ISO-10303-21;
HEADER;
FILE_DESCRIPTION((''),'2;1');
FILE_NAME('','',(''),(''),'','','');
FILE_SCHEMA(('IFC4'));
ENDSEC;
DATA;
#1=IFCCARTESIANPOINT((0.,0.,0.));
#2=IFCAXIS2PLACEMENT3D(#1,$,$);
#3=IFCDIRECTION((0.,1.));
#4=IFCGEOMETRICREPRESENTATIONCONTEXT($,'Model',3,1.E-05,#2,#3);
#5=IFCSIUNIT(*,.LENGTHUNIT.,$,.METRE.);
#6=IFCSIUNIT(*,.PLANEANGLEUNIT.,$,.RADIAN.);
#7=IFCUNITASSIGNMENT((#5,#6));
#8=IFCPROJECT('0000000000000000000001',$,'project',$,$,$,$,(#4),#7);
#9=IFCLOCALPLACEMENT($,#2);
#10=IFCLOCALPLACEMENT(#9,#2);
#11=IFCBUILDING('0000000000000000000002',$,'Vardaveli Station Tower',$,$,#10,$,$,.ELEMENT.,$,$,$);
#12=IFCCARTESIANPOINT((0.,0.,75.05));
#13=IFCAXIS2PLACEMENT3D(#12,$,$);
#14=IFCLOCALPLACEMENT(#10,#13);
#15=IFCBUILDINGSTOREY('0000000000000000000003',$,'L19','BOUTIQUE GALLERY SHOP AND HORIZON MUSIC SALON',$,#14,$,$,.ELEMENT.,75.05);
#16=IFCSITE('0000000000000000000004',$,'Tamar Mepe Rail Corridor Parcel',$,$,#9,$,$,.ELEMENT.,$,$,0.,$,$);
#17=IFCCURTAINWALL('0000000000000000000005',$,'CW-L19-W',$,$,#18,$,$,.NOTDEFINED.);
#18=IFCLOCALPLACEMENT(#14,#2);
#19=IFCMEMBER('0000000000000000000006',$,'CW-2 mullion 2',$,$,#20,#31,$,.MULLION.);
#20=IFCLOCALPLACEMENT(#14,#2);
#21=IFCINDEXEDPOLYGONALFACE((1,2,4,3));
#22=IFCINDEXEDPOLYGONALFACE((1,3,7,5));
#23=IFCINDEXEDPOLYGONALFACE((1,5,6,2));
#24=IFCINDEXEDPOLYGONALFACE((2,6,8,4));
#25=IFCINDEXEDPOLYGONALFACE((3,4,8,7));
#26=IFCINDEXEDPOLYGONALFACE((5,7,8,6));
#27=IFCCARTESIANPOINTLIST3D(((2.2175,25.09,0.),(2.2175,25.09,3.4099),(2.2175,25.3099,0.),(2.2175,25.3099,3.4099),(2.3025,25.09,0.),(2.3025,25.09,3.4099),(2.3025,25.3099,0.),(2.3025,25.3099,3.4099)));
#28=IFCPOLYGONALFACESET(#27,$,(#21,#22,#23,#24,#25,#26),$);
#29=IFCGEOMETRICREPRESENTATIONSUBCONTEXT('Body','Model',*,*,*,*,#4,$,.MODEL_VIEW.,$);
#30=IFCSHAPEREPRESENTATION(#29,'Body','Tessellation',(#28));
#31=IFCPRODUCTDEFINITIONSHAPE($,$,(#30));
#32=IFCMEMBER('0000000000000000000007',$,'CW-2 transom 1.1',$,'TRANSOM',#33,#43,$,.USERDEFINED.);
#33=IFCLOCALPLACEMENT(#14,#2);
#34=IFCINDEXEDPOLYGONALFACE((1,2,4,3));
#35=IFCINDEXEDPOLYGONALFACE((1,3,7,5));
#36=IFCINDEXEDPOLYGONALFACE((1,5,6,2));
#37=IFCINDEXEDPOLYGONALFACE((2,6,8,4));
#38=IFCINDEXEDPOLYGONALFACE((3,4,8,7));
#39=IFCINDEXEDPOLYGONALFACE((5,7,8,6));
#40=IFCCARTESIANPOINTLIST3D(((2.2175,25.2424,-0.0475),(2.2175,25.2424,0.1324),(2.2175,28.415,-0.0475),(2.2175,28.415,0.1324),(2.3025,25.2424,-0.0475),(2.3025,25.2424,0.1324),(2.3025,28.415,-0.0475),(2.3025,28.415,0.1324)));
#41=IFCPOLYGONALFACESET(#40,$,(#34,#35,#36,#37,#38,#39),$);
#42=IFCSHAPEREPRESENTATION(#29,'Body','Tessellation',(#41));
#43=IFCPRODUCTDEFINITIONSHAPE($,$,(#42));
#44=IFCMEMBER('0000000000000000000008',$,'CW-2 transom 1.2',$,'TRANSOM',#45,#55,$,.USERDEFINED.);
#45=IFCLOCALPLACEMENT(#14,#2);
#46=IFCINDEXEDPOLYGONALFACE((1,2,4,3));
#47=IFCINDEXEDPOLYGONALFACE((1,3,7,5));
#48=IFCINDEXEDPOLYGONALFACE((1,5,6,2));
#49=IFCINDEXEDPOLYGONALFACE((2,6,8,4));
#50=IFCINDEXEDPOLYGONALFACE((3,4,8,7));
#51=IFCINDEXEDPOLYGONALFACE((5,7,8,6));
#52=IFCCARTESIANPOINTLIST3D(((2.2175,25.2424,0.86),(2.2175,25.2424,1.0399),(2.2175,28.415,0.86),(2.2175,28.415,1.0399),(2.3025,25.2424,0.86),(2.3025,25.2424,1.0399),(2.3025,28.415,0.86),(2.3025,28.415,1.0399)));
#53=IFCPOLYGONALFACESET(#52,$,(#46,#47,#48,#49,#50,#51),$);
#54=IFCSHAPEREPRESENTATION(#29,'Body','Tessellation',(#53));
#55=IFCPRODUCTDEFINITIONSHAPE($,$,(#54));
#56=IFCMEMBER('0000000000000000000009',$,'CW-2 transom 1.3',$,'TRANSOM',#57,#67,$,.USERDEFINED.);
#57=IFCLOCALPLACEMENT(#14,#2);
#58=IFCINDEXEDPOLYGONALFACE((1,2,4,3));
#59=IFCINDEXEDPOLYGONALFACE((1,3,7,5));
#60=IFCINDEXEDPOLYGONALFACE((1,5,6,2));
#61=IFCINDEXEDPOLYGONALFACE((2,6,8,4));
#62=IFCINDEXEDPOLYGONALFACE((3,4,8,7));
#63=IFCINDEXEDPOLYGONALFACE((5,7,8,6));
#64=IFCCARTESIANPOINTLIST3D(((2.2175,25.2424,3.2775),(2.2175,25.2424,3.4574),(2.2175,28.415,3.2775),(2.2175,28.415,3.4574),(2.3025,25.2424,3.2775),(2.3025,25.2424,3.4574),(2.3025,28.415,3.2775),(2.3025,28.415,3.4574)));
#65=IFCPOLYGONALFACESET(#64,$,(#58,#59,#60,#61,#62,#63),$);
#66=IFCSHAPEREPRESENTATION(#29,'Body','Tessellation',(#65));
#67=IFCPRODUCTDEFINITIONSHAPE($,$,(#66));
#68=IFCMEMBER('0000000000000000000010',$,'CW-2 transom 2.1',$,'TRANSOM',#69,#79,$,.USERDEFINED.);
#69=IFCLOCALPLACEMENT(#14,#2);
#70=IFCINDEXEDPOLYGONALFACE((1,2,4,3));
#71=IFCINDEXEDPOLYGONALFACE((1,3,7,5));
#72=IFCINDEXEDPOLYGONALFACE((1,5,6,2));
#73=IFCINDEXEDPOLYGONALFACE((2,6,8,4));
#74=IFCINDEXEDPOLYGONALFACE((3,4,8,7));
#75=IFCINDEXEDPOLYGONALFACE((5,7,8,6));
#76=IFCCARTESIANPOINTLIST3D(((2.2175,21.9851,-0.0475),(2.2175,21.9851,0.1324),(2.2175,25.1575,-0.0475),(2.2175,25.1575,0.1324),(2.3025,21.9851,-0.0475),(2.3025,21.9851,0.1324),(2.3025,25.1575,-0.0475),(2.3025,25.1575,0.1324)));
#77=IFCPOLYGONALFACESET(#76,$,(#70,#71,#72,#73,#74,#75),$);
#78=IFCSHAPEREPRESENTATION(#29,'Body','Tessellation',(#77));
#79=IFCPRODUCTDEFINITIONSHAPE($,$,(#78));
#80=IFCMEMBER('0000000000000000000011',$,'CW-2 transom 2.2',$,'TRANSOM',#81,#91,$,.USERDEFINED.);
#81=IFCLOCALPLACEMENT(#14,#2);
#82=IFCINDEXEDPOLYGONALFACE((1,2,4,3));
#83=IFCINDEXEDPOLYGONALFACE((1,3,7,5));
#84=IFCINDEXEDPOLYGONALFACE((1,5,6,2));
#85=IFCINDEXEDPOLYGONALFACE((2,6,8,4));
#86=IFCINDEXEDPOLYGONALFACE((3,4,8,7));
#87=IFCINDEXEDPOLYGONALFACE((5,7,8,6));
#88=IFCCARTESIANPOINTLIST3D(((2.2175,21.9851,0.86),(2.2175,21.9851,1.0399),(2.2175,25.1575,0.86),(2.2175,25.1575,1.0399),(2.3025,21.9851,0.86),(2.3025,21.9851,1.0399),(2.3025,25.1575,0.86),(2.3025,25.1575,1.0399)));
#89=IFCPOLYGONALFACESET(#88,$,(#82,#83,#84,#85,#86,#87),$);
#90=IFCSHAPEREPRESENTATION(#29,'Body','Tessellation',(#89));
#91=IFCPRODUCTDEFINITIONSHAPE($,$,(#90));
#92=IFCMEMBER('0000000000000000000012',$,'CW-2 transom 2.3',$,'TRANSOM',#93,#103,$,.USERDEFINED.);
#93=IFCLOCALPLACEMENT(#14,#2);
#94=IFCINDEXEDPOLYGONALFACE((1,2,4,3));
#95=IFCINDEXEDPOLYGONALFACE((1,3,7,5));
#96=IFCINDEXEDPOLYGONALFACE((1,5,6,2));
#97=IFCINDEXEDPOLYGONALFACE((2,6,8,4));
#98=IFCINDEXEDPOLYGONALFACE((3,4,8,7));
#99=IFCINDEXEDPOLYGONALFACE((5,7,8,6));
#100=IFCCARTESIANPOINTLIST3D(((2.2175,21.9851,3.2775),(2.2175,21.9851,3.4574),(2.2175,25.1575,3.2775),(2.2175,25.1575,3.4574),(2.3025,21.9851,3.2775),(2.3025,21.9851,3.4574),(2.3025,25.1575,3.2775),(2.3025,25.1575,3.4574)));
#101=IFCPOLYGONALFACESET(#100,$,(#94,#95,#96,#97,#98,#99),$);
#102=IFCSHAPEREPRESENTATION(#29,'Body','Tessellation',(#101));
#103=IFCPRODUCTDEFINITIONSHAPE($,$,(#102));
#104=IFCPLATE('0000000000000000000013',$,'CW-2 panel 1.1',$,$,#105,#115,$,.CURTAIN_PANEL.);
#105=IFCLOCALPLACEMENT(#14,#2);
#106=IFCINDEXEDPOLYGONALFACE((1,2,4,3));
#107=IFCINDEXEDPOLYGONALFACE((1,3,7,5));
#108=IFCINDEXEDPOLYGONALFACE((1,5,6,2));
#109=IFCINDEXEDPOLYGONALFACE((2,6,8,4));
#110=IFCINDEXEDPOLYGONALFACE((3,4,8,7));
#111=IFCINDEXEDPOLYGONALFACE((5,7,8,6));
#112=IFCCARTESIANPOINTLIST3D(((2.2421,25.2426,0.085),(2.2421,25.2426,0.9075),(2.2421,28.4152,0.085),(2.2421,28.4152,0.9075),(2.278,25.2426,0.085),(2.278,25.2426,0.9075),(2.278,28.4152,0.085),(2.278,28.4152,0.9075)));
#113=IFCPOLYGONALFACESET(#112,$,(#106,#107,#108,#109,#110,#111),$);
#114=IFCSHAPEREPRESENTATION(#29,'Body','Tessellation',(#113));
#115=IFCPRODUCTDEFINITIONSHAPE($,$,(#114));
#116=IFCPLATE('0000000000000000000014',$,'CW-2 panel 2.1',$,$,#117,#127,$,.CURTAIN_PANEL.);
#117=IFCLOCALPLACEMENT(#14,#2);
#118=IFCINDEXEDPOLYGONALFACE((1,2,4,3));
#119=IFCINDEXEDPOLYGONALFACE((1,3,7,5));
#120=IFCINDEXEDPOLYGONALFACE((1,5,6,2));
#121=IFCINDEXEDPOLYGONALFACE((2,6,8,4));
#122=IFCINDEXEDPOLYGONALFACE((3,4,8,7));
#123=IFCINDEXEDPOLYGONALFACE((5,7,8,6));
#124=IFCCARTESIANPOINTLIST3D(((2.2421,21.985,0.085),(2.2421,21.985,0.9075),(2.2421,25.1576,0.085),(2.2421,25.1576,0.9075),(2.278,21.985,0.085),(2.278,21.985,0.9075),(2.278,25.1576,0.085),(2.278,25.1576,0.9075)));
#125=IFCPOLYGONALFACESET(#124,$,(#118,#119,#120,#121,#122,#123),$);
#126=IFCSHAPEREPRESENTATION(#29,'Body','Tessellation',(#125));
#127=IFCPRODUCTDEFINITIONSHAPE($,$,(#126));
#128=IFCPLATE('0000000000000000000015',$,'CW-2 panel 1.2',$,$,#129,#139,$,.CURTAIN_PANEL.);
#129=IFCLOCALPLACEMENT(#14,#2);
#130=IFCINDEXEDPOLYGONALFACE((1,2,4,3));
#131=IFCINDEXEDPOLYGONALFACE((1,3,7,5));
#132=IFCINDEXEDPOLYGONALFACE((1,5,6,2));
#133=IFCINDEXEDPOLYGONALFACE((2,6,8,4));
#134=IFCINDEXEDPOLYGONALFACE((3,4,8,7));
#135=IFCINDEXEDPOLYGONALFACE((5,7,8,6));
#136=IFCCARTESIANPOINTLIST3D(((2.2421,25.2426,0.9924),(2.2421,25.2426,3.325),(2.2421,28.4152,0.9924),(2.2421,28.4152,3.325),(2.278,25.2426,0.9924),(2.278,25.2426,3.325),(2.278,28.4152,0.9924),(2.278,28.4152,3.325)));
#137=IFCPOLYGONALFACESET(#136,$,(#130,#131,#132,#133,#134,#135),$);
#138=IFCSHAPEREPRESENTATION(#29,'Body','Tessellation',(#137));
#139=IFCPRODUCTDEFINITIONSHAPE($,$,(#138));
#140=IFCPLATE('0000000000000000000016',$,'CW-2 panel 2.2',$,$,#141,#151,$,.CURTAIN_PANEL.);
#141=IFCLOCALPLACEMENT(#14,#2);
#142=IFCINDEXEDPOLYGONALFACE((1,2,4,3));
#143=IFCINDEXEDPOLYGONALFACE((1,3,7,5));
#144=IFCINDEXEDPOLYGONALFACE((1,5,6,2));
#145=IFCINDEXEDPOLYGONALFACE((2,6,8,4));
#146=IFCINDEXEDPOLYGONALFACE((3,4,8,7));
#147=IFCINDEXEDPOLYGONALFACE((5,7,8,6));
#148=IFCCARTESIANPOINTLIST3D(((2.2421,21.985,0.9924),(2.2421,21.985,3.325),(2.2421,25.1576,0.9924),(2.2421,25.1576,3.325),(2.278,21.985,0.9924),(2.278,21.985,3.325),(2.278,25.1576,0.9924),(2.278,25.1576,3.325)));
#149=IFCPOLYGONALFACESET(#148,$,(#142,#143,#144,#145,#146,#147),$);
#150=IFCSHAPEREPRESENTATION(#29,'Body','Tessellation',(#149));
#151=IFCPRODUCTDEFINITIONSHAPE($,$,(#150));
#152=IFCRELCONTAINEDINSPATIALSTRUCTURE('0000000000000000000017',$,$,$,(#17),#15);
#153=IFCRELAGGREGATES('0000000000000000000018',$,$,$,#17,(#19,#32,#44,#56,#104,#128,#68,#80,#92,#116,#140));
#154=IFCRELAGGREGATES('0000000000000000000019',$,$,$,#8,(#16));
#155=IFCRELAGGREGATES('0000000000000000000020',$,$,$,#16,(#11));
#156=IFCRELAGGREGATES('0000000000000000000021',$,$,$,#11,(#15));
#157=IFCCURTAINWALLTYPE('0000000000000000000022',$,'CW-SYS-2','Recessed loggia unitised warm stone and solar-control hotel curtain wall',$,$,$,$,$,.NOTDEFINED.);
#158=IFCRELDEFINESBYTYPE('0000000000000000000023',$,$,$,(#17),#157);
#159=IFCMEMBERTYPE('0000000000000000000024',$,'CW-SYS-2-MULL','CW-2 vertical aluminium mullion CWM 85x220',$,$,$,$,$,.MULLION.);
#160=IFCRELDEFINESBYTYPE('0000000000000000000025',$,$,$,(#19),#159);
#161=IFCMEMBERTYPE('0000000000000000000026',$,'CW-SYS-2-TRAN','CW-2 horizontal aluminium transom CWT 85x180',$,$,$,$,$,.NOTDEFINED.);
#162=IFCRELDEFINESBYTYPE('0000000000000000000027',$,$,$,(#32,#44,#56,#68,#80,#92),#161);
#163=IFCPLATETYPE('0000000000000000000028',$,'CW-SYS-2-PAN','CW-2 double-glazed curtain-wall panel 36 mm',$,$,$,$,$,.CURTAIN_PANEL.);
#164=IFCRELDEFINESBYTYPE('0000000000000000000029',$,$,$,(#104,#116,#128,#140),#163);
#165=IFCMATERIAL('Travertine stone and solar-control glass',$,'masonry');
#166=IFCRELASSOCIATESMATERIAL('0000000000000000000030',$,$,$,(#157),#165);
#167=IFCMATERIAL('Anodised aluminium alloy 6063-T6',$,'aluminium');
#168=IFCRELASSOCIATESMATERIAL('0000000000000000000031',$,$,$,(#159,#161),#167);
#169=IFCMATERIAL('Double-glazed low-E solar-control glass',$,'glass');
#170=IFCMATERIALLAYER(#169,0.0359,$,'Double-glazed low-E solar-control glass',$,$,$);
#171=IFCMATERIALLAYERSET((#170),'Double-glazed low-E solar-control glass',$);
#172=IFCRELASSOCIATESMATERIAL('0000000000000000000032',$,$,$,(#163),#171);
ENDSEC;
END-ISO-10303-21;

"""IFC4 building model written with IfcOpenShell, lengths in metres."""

from ifc_helpers import new_model, si_unit, direction, frame, origin, origin_2d, place, context, subcontext, project, spatial, rectangle, extrude, source, transform, mapped, material, layer, layer_set, material_profile, profile_set, type_object, element, aggregate, save


model = new_model("IFC4")

# Units and contexts
model_context = context("Model", 3, precision=1e-05, world=origin(), true_north=direction((0.0, 1.0)))
body_context = subcontext(model_context, "Body", "Model", "MODEL_VIEW")
ifc_project = project(units=[si_unit("LENGTHUNIT", "METRE"), si_unit("PLANEANGLEUNIT", "RADIAN")], contexts=[model_context])

# Site, building, storey
site_placement = place(None, origin())
site = spatial("IfcSite", under=ifc_project, at=site_placement, Name="Tamar Mepe Rail Corridor Parcel", CompositionType="ELEMENT", RefElevation=0.0)
building_placement = place(site_placement, origin())
building = spatial("IfcBuilding", under=site, at=building_placement, Name="Vardaveli Station Tower", CompositionType="ELEMENT")
storey_placement = place(building_placement, frame((0.0, 0.0, 75.05)))
storey = spatial("IfcBuildingStorey", under=building, at=storey_placement, Name="L19", Description="BOUTIQUE GALLERY SHOP AND HORIZON MUSIC SALON", CompositionType="ELEMENT", Elevation=75.05)

# Curtain wall, members, plates
ifc_material_1 = material(Name="Travertine stone and solar-control glass", Category="masonry")
curtain_wall_type = type_object("IfcCurtainWallType", Name="CW-SYS-2", Description="Recessed loggia unitised warm stone and solar-control hotel curtain wall", PredefinedType="NOTDEFINED", material=ifc_material_1)
curtain_wall_placement = place(storey_placement, origin())
curtain_wall = element("IfcCurtainWall", 1, at=curtain_wall_placement, inside=storey, type_object=curtain_wall_type, Name="CW-L19-W", PredefinedType="NOTDEFINED")
ifc_material_2 = material(Name="Anodised aluminium alloy 6063-T6", Category="aluminium")
ifc_material_profile_1 = material_profile(ifc_material_2, rectangle(XDim=0.085, YDim=0.22, at=origin_2d()), Name="CWM 85x220")
ifc_profile_set_1 = profile_set([ifc_material_profile_1], Name="Anodised aluminium alloy 6063-T6")
member_type_1 = type_object("IfcMemberType", Name="CW-SYS-2-MULL", Description="CW-2 vertical aluminium mullion CWM 85x220", PredefinedType="MULLION", material=ifc_profile_set_1)
shared_shape_1 = source(origin(), body_context, "Body", "SweptSolid", [
    extrude(rectangle(XDim=0.085, YDim=0.22, at=origin_2d()), origin(), (0.0, 0.0, 1.0), 3.4099),
])
member_1_placement = place(storey_placement, frame((2.26, 25.2, 0.0), z_axis=(0.0, 0.0, 1.0), x_axis=(1.0, 0.0, 0.0)))
member_1 = element("IfcMember", 2, at=member_1_placement, type_object=member_type_1, Name="CW-2 mullion 2", PredefinedType="MULLION", context=body_context, shape_type="MappedRepresentation", body=[
    mapped(shared_shape_1, transform((0.0, 0.0, 0.0), scale=1.0)),
])
ifc_material_profile_2 = material_profile(ifc_material_2, rectangle(XDim=0.085, YDim=0.1799, at=origin_2d()), Name="CWT 85x180")
ifc_profile_set_2 = profile_set([ifc_material_profile_2], Name="Anodised aluminium alloy 6063-T6")
member_type_2 = type_object("IfcMemberType", Name="CW-SYS-2-TRAN", Description="CW-2 horizontal aluminium transom CWT 85x180", PredefinedType="NOTDEFINED", material=ifc_profile_set_2)
shared_shape_2 = source(origin(), body_context, "Body", "SweptSolid", [
    extrude(rectangle(XDim=0.085, YDim=0.1799, at=origin_2d()), origin(), (0.0, 0.0, 1.0), 3.1726),
])
member_2_placement = place(storey_placement, frame((2.26, 28.415, 0.0425), z_axis=(0.0, -1.0, 0.0), x_axis=(1.0, 0.0, 0.0)))
member_2 = element("IfcMember", 3, at=member_2_placement, type_object=member_type_2, Name="CW-2 transom 1.1", ObjectType="TRANSOM", PredefinedType="USERDEFINED", context=body_context, shape_type="MappedRepresentation", body=[
    mapped(shared_shape_2, transform((0.0, 0.0, 0.0), scale=1.0)),
])
member_3_placement = place(storey_placement, frame((2.26, 28.415, 0.95), z_axis=(0.0, -1.0, 0.0), x_axis=(1.0, 0.0, 0.0)))
member_3 = element("IfcMember", 4, at=member_3_placement, type_object=member_type_2, Name="CW-2 transom 1.2", ObjectType="TRANSOM", PredefinedType="USERDEFINED", context=body_context, shape_type="MappedRepresentation", body=[
    mapped(shared_shape_2, transform((0.0, 0.0, 0.0), scale=1.0)),
])
member_4_placement = place(storey_placement, frame((2.26, 28.415, 3.3674), z_axis=(0.0, -1.0, 0.0), x_axis=(1.0, 0.0, 0.0)))
member_4 = element("IfcMember", 5, at=member_4_placement, type_object=member_type_2, Name="CW-2 transom 1.3", ObjectType="TRANSOM", PredefinedType="USERDEFINED", context=body_context, shape_type="MappedRepresentation", body=[
    mapped(shared_shape_2, transform((0.0, 0.0, 0.0), scale=1.0)),
])
shared_shape_3 = source(origin(), body_context, "Body", "SweptSolid", [
    extrude(rectangle(XDim=0.085, YDim=0.1799, at=origin_2d()), origin(), (0.0, 0.0, 1.0), 3.1724),
])
member_5_placement = place(storey_placement, frame((2.26, 25.1575, 0.0425), z_axis=(0.0, -1.0, 0.0), x_axis=(1.0, 0.0, 0.0)))
member_5 = element("IfcMember", 6, at=member_5_placement, type_object=member_type_2, Name="CW-2 transom 2.1", ObjectType="TRANSOM", PredefinedType="USERDEFINED", context=body_context, shape_type="MappedRepresentation", body=[
    mapped(shared_shape_3, transform((0.0, 0.0, 0.0), scale=1.0)),
])
member_6_placement = place(storey_placement, frame((2.26, 25.1575, 0.95), z_axis=(0.0, -1.0, 0.0), x_axis=(1.0, 0.0, 0.0)))
member_6 = element("IfcMember", 7, at=member_6_placement, type_object=member_type_2, Name="CW-2 transom 2.2", ObjectType="TRANSOM", PredefinedType="USERDEFINED", context=body_context, shape_type="MappedRepresentation", body=[
    mapped(shared_shape_3, transform((0.0, 0.0, 0.0), scale=1.0)),
])
member_7_placement = place(storey_placement, frame((2.26, 25.1575, 3.3674), z_axis=(0.0, -1.0, 0.0), x_axis=(1.0, 0.0, 0.0)))
member_7 = element("IfcMember", 8, at=member_7_placement, type_object=member_type_2, Name="CW-2 transom 2.3", ObjectType="TRANSOM", PredefinedType="USERDEFINED", context=body_context, shape_type="MappedRepresentation", body=[
    mapped(shared_shape_3, transform((0.0, 0.0, 0.0), scale=1.0)),
])
ifc_material_3 = material(Name="Double-glazed low-E solar-control glass", Category="glass")
ifc_layer_1 = layer(ifc_material_3, 0.0359, Name="Double-glazed low-E solar-control glass")
ifc_layer_set_1 = layer_set([ifc_layer_1], Name="Double-glazed low-E solar-control glass")
plate_type = type_object("IfcPlateType", Name="CW-SYS-2-PAN", Description="CW-2 double-glazed curtain-wall panel 36 mm", PredefinedType="CURTAIN_PANEL", material=ifc_layer_set_1)
shared_shape_4 = source(origin(), body_context, "Body", "SweptSolid", [
    extrude(rectangle(XDim=3.1726, YDim=0.0359, at=origin_2d()), origin(), (0.0, 0.0, 1.0), 0.8225),
])
plate_1_placement = place(storey_placement, frame((2.26, 26.8289, 0.085), z_axis=(0.0, 0.0, 1.0), x_axis=(0.0, -1.0, 0.0)))
plate_1 = element("IfcPlate", 9, at=plate_1_placement, type_object=plate_type, Name="CW-2 panel 1.1", PredefinedType="CURTAIN_PANEL", context=body_context, shape_type="MappedRepresentation", body=[
    mapped(shared_shape_4, transform((0.0, 0.0, 0.0), scale=1.0)),
])
plate_2_placement = place(storey_placement, frame((2.26, 23.5713, 0.085), z_axis=(0.0, 0.0, 1.0), x_axis=(0.0, -1.0, 0.0)))
plate_2 = element("IfcPlate", 10, at=plate_2_placement, type_object=plate_type, Name="CW-2 panel 2.1", PredefinedType="CURTAIN_PANEL", context=body_context, shape_type="MappedRepresentation", body=[
    mapped(shared_shape_4, transform((0.0, 0.0, 0.0), scale=1.0)),
])
shared_shape_5 = source(origin(), body_context, "Body", "SweptSolid", [
    extrude(rectangle(XDim=3.1726, YDim=0.0359, at=origin_2d()), origin(), (0.0, 0.0, 1.0), 2.3325),
])
plate_3_placement = place(storey_placement, frame((2.26, 26.8289, 0.9924), z_axis=(0.0, 0.0, 1.0), x_axis=(0.0, -1.0, 0.0)))
plate_3 = element("IfcPlate", 11, at=plate_3_placement, type_object=plate_type, Name="CW-2 panel 1.2", PredefinedType="CURTAIN_PANEL", context=body_context, shape_type="MappedRepresentation", body=[
    mapped(shared_shape_5, transform((0.0, 0.0, 0.0), scale=1.0)),
])
plate_4_placement = place(storey_placement, frame((2.26, 23.5713, 0.9924), z_axis=(0.0, 0.0, 1.0), x_axis=(0.0, -1.0, 0.0)))
plate_4 = element("IfcPlate", 12, at=plate_4_placement, type_object=plate_type, Name="CW-2 panel 2.2", PredefinedType="CURTAIN_PANEL", context=body_context, shape_type="MappedRepresentation", body=[
    mapped(shared_shape_5, transform((0.0, 0.0, 0.0), scale=1.0)),
])
aggregate(curtain_wall, [member_1, member_2, member_3, member_4, plate_1, plate_3, member_5, member_6, member_7, plate_2, plate_4])

save(model, "model.ifc")
